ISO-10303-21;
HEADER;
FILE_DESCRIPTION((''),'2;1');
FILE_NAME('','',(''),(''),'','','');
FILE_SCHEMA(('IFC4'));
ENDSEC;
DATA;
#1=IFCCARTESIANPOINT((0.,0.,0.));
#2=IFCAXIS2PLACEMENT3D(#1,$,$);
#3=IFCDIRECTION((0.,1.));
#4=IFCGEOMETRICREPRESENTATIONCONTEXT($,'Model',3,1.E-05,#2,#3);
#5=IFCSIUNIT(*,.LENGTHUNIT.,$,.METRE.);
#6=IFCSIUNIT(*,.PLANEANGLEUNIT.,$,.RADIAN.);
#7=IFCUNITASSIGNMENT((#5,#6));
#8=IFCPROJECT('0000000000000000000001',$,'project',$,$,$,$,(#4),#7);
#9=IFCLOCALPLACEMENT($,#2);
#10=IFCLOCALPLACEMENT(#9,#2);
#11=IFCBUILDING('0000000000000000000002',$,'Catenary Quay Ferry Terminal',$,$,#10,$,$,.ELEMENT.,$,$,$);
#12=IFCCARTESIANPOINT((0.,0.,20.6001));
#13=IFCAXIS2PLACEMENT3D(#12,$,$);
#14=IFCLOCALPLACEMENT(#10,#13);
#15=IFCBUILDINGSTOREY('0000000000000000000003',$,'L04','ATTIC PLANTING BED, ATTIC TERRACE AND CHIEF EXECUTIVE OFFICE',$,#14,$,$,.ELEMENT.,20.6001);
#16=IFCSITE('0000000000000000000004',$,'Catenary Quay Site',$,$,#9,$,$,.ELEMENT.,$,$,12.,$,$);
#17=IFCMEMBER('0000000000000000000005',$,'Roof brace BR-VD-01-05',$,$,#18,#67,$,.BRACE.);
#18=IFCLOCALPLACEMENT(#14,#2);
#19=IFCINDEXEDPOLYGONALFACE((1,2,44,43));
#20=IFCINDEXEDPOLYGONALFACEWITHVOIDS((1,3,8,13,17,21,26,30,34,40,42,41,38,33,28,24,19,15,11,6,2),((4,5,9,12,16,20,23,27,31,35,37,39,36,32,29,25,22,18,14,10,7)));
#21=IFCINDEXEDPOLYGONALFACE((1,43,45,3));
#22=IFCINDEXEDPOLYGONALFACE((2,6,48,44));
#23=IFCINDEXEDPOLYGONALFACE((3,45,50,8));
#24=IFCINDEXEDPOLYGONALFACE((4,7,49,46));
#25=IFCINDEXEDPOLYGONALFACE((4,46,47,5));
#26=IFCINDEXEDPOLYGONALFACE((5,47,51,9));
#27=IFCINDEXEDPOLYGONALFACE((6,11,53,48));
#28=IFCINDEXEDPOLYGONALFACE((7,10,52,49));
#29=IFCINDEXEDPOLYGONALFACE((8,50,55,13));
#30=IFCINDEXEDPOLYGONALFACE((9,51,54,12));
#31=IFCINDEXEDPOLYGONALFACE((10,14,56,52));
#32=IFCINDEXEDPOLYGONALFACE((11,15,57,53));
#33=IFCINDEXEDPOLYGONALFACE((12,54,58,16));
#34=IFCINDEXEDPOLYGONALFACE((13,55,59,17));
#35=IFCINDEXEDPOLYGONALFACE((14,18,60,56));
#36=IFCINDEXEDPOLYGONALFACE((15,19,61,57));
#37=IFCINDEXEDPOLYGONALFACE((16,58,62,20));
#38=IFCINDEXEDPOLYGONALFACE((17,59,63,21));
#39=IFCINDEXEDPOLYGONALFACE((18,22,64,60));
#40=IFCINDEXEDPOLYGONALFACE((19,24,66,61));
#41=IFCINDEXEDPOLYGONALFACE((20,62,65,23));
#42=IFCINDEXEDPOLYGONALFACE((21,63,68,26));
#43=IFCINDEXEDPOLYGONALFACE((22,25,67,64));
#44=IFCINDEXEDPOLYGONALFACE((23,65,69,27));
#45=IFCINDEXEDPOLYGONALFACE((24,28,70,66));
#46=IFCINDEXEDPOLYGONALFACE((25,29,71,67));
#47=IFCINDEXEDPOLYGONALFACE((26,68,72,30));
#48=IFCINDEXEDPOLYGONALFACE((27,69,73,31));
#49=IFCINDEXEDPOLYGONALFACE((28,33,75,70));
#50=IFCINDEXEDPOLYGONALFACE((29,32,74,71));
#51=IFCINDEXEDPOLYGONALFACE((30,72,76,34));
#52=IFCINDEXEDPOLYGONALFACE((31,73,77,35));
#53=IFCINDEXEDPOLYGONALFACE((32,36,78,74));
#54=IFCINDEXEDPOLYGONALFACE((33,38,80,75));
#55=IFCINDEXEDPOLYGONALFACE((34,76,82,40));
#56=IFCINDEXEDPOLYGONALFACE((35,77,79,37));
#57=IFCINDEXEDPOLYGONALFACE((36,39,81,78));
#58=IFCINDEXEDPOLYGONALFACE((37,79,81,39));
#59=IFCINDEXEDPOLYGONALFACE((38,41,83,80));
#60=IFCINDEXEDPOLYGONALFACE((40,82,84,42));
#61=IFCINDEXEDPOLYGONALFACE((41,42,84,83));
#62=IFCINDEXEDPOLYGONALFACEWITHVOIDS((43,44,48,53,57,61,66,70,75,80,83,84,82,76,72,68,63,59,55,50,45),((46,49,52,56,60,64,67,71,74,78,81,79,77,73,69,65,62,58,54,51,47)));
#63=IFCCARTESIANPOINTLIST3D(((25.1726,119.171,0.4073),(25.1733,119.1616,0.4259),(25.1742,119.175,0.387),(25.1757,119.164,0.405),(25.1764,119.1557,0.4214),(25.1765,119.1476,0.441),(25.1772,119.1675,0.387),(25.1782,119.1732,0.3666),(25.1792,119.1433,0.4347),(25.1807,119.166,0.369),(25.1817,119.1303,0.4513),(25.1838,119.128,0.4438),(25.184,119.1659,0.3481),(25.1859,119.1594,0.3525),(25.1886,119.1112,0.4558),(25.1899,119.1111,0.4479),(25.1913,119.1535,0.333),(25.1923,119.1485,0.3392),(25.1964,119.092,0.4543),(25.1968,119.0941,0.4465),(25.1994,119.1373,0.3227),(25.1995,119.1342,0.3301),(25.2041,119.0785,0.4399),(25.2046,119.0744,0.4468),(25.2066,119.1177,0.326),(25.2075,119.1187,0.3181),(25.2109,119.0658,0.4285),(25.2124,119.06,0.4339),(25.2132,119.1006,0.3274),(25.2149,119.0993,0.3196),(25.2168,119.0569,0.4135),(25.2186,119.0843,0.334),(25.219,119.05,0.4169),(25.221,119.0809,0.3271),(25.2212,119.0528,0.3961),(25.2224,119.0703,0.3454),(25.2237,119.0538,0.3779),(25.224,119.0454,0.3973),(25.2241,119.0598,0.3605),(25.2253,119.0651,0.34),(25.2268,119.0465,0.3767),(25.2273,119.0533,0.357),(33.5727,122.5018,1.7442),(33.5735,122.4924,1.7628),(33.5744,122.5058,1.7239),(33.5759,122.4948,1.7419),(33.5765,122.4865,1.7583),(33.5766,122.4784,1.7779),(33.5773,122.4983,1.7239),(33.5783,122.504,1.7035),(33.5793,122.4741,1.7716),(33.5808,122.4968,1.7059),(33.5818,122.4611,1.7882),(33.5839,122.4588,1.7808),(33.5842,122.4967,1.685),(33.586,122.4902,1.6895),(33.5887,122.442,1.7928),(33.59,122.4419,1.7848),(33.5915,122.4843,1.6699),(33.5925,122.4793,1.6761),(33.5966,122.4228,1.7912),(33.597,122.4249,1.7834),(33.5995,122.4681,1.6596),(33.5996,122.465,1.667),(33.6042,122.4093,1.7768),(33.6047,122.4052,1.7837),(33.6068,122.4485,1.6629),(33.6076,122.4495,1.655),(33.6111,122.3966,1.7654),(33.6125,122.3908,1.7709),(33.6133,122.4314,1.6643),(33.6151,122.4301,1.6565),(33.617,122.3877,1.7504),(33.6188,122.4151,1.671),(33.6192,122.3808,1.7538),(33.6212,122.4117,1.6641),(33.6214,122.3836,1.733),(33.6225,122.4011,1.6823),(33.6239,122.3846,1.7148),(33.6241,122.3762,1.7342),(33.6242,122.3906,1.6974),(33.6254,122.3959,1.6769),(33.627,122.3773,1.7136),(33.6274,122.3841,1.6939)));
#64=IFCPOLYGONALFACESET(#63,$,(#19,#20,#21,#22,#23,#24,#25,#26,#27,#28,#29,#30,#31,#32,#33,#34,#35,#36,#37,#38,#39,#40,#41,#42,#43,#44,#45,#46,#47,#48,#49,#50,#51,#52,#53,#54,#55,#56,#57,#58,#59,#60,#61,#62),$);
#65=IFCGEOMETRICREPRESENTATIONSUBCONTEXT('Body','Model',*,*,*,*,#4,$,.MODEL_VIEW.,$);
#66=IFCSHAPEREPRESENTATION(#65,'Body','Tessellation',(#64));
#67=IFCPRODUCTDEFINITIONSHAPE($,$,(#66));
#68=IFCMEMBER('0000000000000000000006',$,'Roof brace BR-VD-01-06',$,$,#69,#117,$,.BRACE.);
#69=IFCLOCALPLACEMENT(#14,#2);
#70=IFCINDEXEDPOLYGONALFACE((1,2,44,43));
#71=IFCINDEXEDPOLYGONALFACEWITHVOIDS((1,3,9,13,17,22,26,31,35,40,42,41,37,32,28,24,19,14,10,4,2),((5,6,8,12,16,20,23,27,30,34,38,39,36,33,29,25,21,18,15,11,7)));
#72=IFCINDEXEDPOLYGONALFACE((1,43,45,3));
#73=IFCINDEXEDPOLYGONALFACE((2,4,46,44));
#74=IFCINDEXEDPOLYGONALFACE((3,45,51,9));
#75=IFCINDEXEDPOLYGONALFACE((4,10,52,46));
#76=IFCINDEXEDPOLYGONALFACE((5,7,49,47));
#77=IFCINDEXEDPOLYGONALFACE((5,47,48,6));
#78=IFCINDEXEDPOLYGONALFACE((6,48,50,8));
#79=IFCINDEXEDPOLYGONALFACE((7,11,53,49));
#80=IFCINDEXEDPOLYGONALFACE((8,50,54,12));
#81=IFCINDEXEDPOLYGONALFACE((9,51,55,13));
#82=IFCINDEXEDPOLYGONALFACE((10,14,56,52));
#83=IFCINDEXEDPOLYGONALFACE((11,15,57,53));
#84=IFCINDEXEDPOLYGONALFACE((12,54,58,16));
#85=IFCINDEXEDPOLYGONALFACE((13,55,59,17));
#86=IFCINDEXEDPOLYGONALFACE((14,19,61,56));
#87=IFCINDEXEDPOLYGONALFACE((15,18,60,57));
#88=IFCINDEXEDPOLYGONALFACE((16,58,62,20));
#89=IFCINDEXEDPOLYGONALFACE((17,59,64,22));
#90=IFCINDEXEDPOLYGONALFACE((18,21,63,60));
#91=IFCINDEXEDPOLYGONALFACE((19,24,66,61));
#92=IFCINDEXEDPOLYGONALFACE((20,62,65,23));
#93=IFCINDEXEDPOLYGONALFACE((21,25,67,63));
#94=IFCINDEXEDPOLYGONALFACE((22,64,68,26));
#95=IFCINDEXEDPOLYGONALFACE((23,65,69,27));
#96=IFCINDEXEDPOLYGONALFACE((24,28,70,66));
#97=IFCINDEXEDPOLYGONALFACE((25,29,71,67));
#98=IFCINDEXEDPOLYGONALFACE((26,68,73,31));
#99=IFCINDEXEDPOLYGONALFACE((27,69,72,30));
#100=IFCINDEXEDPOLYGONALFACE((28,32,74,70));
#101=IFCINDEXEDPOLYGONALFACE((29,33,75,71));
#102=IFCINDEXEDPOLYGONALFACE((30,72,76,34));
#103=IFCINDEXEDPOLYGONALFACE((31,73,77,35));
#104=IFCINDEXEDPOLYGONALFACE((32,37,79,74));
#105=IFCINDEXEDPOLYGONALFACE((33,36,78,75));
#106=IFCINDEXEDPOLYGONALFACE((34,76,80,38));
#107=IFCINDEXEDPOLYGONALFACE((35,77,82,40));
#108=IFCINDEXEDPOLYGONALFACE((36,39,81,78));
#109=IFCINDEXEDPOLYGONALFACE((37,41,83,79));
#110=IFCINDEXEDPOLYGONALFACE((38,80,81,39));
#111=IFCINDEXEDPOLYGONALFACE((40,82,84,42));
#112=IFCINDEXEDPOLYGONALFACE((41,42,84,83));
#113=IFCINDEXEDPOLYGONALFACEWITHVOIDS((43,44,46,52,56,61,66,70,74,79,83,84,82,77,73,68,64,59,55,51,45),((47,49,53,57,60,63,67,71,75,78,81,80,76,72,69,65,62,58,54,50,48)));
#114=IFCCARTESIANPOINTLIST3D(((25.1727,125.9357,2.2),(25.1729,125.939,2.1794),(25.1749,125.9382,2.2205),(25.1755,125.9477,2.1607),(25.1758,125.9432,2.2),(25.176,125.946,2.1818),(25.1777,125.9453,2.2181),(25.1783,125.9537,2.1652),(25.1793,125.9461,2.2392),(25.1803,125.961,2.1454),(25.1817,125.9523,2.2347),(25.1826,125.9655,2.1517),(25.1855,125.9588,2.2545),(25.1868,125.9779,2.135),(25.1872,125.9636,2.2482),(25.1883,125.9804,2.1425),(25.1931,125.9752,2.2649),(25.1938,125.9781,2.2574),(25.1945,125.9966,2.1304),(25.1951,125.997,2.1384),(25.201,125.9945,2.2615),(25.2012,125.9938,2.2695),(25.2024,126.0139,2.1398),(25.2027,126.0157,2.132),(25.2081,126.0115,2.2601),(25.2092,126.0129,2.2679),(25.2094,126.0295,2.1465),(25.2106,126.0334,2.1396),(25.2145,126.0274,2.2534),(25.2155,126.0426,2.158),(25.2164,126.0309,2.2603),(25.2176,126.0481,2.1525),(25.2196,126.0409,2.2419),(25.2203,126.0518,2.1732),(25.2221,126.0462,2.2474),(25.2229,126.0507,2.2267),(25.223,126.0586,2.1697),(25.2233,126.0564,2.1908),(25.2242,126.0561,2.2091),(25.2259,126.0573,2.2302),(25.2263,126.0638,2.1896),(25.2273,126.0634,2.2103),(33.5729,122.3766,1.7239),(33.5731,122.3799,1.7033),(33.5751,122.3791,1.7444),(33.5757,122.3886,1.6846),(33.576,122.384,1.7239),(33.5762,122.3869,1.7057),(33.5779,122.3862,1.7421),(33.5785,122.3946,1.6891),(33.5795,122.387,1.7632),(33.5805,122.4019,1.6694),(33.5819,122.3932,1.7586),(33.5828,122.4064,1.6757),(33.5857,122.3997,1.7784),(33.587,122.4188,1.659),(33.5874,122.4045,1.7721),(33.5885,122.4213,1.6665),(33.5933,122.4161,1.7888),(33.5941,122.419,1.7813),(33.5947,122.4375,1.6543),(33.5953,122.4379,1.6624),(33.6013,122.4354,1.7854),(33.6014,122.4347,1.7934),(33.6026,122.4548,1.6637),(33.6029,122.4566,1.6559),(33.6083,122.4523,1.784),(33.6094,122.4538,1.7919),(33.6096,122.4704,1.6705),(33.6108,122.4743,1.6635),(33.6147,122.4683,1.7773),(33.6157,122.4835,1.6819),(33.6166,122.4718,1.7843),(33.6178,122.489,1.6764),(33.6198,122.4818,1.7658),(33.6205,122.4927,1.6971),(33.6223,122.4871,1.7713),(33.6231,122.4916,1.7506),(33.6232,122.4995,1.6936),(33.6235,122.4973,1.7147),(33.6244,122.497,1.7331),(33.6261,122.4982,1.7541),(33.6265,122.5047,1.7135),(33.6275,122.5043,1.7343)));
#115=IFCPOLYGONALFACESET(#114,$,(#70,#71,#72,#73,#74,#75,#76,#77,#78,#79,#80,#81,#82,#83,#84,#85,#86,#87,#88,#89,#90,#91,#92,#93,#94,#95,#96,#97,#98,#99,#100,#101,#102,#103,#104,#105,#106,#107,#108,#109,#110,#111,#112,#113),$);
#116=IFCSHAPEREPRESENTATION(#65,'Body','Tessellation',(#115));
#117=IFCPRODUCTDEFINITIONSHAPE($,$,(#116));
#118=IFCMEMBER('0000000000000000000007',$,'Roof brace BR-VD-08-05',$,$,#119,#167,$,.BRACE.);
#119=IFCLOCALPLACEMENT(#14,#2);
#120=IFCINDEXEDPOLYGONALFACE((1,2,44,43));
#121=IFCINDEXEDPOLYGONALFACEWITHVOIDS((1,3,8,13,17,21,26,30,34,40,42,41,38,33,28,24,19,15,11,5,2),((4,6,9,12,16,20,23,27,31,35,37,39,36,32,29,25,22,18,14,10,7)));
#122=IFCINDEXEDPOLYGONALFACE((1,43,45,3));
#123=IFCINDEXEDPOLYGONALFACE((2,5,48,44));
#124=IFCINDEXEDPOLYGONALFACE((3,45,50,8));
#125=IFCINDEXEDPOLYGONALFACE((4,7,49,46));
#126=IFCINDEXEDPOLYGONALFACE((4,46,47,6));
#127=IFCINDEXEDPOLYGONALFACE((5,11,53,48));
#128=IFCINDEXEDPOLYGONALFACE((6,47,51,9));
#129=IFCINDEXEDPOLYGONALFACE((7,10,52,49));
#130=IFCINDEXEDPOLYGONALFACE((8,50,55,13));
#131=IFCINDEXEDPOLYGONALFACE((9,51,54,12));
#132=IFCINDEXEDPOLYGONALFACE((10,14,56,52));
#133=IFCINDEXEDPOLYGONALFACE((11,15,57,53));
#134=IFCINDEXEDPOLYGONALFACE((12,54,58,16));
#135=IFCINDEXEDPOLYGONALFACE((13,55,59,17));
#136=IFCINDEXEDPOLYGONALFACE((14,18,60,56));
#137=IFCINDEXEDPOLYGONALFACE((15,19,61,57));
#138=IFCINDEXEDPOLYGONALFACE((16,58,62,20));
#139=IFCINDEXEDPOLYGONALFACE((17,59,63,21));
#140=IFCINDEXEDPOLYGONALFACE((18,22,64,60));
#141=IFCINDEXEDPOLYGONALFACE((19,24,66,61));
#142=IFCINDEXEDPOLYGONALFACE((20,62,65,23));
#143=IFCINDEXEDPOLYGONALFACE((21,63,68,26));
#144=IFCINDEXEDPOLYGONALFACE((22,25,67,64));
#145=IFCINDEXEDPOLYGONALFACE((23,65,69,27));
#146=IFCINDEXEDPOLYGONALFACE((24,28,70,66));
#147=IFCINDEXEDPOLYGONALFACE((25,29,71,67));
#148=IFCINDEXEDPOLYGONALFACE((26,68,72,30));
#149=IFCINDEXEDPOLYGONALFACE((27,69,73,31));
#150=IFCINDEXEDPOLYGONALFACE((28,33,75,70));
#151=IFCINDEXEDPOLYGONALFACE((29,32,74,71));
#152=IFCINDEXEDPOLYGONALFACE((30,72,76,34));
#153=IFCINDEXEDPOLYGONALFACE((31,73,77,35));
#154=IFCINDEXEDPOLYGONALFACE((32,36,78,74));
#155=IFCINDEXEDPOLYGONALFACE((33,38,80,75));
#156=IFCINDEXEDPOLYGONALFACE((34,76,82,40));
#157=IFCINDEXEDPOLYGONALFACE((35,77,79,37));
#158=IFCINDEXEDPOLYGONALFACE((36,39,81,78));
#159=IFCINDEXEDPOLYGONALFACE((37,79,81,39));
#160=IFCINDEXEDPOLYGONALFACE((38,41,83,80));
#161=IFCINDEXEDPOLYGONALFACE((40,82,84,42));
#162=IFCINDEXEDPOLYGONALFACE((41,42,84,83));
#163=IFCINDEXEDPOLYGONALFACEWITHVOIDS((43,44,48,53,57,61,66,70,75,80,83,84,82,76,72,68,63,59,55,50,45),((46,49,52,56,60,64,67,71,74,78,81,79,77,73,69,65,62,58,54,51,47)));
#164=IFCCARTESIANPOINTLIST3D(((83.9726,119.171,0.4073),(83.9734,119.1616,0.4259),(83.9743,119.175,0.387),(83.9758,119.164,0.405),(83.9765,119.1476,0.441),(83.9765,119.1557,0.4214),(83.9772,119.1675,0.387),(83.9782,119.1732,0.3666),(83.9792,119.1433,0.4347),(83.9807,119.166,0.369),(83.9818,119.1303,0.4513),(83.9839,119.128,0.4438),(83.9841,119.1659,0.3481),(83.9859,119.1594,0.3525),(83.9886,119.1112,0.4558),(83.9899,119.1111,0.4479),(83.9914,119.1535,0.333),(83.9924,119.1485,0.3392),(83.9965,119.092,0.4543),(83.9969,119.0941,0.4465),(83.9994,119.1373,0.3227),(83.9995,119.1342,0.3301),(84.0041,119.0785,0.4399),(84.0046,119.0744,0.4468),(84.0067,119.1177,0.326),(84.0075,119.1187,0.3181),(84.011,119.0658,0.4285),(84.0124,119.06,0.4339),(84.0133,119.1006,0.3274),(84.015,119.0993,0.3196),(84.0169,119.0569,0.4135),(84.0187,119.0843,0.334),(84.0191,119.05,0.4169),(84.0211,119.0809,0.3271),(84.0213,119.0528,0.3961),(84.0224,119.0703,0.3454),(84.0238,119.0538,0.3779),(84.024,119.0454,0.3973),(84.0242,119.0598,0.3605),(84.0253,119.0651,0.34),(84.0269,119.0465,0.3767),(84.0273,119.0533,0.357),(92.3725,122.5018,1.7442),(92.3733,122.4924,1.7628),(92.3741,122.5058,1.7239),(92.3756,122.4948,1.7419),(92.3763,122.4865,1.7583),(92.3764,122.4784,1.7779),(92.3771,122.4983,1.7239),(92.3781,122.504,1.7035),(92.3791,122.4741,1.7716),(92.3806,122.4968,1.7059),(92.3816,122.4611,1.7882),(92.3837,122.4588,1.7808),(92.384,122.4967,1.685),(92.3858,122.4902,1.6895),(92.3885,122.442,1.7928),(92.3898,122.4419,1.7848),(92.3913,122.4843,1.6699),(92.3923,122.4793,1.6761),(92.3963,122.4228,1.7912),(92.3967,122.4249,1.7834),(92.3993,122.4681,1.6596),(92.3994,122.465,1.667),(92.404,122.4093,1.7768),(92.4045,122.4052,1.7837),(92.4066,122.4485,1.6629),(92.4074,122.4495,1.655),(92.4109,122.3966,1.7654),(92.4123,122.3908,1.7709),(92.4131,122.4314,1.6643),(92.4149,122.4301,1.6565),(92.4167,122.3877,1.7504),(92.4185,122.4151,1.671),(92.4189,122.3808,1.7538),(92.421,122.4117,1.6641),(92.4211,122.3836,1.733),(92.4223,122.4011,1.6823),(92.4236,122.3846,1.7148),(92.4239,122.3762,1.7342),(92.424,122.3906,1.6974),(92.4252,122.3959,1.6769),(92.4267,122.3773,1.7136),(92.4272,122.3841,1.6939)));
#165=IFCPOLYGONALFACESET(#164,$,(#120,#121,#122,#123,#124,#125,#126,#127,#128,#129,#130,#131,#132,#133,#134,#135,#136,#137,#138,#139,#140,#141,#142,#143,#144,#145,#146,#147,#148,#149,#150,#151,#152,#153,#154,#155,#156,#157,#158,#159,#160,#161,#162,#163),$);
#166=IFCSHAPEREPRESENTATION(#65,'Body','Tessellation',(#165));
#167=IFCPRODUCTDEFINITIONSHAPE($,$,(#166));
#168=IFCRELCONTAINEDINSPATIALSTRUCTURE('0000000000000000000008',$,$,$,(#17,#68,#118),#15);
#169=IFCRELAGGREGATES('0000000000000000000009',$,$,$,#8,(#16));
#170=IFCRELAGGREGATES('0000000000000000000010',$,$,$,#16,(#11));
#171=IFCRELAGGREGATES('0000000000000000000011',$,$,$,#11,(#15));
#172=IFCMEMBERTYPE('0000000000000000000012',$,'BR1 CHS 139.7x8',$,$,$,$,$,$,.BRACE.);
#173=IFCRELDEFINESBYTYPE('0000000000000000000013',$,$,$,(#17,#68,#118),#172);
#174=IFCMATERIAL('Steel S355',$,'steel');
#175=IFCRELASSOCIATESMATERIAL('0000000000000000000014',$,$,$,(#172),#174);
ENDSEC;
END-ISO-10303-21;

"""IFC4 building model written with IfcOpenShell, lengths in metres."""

from ifc_helpers import new_model, si_unit, direction, frame, origin, origin_2d, place, context, subcontext, project, spatial, hollow_circle, extrude, material, material_profile, profile_set, type_object, element, save


model = new_model("IFC4")

# Units and contexts
model_context = context("Model", 3, precision=1e-05, world=origin(), true_north=direction((0.0, 1.0)))
body_context = subcontext(model_context, "Body", "Model", "MODEL_VIEW")
ifc_project = project(units=[si_unit("LENGTHUNIT", "METRE"), si_unit("PLANEANGLEUNIT", "RADIAN")], contexts=[model_context])

# Site, building, storey
site_placement = place(None, origin())
site = spatial("IfcSite", under=ifc_project, at=site_placement, Name="Catenary Quay Site", CompositionType="ELEMENT", RefElevation=12.0)
building_placement = place(site_placement, origin())
building = spatial("IfcBuilding", under=site, at=building_placement, Name="Catenary Quay Ferry Terminal", CompositionType="ELEMENT")
storey_placement = place(building_placement, frame((0.0, 0.0, 20.6001)))
storey = spatial("IfcBuildingStorey", under=building, at=storey_placement, Name="L04", Description="ATTIC PLANTING BED, ATTIC TERRACE AND CHIEF EXECUTIVE OFFICE", CompositionType="ELEMENT", Elevation=20.6001)

# Members
ifc_material_1 = material(Name="Steel S355", Category="steel")
ifc_material_profile_1 = material_profile(ifc_material_1, hollow_circle(Radius=0.0698, WallThickness=0.0081, at=origin_2d()), Name="CHS 139.7x8")
ifc_profile_set_1 = profile_set([ifc_material_profile_1], Name="Steel S355")
member_type_1 = type_object("IfcMemberType", Name="BR1 CHS 139.7x8", PredefinedType="BRACE", material=ifc_profile_set_1)
member_1_placement = place(storey_placement, frame((25.2, 119.1101, 0.387), z_axis=(0.919579, 0.36463, 0.146354), x_axis=(-0.368599, 0.929589, 0.0)))
element("IfcMember", 1, at=member_1_placement, inside=storey, type_object=member_type_1, Name="Roof brace BR-VD-01-05", PredefinedType="BRACE", context=body_context, shape_type="SweptSolid", body=[
    extrude(hollow_circle(Radius=0.0698, WallThickness=0.0081, at=origin_2d()), origin(), (0.0, 0.0, 1.0), 9.1348),
])
member_2_placement = place(storey_placement, frame((33.6001, 122.4409, 1.7239), z_axis=(-0.919512, 0.389591, 0.052113), x_axis=(-0.390121, -0.920764, 0.0)))
element("IfcMember", 2, at=member_2_placement, inside=storey, type_object=member_type_1, Name="Roof brace BR-VD-01-06", PredefinedType="BRACE", context=body_context, shape_type="SweptSolid", body=[
    extrude(hollow_circle(Radius=0.0698, WallThickness=0.0081, at=origin_2d()), origin(), (0.0, 0.0, 1.0), 9.1355),
])
member_3_placement = place(storey_placement, frame((84.0, 119.1101, 0.387), z_axis=(0.919575, 0.364639, 0.146358), x_axis=(-0.368608, 0.929585, 0.0)))
element("IfcMember", 3, at=member_3_placement, inside=storey, type_object=member_type_1, Name="Roof brace BR-VD-08-05", PredefinedType="BRACE", context=body_context, shape_type="SweptSolid", body=[
    extrude(hollow_circle(Radius=0.0698, WallThickness=0.0081, at=origin_2d()), origin(), (0.0, 0.0, 1.0), 9.1345),
])

save(model, "model.ifc")
